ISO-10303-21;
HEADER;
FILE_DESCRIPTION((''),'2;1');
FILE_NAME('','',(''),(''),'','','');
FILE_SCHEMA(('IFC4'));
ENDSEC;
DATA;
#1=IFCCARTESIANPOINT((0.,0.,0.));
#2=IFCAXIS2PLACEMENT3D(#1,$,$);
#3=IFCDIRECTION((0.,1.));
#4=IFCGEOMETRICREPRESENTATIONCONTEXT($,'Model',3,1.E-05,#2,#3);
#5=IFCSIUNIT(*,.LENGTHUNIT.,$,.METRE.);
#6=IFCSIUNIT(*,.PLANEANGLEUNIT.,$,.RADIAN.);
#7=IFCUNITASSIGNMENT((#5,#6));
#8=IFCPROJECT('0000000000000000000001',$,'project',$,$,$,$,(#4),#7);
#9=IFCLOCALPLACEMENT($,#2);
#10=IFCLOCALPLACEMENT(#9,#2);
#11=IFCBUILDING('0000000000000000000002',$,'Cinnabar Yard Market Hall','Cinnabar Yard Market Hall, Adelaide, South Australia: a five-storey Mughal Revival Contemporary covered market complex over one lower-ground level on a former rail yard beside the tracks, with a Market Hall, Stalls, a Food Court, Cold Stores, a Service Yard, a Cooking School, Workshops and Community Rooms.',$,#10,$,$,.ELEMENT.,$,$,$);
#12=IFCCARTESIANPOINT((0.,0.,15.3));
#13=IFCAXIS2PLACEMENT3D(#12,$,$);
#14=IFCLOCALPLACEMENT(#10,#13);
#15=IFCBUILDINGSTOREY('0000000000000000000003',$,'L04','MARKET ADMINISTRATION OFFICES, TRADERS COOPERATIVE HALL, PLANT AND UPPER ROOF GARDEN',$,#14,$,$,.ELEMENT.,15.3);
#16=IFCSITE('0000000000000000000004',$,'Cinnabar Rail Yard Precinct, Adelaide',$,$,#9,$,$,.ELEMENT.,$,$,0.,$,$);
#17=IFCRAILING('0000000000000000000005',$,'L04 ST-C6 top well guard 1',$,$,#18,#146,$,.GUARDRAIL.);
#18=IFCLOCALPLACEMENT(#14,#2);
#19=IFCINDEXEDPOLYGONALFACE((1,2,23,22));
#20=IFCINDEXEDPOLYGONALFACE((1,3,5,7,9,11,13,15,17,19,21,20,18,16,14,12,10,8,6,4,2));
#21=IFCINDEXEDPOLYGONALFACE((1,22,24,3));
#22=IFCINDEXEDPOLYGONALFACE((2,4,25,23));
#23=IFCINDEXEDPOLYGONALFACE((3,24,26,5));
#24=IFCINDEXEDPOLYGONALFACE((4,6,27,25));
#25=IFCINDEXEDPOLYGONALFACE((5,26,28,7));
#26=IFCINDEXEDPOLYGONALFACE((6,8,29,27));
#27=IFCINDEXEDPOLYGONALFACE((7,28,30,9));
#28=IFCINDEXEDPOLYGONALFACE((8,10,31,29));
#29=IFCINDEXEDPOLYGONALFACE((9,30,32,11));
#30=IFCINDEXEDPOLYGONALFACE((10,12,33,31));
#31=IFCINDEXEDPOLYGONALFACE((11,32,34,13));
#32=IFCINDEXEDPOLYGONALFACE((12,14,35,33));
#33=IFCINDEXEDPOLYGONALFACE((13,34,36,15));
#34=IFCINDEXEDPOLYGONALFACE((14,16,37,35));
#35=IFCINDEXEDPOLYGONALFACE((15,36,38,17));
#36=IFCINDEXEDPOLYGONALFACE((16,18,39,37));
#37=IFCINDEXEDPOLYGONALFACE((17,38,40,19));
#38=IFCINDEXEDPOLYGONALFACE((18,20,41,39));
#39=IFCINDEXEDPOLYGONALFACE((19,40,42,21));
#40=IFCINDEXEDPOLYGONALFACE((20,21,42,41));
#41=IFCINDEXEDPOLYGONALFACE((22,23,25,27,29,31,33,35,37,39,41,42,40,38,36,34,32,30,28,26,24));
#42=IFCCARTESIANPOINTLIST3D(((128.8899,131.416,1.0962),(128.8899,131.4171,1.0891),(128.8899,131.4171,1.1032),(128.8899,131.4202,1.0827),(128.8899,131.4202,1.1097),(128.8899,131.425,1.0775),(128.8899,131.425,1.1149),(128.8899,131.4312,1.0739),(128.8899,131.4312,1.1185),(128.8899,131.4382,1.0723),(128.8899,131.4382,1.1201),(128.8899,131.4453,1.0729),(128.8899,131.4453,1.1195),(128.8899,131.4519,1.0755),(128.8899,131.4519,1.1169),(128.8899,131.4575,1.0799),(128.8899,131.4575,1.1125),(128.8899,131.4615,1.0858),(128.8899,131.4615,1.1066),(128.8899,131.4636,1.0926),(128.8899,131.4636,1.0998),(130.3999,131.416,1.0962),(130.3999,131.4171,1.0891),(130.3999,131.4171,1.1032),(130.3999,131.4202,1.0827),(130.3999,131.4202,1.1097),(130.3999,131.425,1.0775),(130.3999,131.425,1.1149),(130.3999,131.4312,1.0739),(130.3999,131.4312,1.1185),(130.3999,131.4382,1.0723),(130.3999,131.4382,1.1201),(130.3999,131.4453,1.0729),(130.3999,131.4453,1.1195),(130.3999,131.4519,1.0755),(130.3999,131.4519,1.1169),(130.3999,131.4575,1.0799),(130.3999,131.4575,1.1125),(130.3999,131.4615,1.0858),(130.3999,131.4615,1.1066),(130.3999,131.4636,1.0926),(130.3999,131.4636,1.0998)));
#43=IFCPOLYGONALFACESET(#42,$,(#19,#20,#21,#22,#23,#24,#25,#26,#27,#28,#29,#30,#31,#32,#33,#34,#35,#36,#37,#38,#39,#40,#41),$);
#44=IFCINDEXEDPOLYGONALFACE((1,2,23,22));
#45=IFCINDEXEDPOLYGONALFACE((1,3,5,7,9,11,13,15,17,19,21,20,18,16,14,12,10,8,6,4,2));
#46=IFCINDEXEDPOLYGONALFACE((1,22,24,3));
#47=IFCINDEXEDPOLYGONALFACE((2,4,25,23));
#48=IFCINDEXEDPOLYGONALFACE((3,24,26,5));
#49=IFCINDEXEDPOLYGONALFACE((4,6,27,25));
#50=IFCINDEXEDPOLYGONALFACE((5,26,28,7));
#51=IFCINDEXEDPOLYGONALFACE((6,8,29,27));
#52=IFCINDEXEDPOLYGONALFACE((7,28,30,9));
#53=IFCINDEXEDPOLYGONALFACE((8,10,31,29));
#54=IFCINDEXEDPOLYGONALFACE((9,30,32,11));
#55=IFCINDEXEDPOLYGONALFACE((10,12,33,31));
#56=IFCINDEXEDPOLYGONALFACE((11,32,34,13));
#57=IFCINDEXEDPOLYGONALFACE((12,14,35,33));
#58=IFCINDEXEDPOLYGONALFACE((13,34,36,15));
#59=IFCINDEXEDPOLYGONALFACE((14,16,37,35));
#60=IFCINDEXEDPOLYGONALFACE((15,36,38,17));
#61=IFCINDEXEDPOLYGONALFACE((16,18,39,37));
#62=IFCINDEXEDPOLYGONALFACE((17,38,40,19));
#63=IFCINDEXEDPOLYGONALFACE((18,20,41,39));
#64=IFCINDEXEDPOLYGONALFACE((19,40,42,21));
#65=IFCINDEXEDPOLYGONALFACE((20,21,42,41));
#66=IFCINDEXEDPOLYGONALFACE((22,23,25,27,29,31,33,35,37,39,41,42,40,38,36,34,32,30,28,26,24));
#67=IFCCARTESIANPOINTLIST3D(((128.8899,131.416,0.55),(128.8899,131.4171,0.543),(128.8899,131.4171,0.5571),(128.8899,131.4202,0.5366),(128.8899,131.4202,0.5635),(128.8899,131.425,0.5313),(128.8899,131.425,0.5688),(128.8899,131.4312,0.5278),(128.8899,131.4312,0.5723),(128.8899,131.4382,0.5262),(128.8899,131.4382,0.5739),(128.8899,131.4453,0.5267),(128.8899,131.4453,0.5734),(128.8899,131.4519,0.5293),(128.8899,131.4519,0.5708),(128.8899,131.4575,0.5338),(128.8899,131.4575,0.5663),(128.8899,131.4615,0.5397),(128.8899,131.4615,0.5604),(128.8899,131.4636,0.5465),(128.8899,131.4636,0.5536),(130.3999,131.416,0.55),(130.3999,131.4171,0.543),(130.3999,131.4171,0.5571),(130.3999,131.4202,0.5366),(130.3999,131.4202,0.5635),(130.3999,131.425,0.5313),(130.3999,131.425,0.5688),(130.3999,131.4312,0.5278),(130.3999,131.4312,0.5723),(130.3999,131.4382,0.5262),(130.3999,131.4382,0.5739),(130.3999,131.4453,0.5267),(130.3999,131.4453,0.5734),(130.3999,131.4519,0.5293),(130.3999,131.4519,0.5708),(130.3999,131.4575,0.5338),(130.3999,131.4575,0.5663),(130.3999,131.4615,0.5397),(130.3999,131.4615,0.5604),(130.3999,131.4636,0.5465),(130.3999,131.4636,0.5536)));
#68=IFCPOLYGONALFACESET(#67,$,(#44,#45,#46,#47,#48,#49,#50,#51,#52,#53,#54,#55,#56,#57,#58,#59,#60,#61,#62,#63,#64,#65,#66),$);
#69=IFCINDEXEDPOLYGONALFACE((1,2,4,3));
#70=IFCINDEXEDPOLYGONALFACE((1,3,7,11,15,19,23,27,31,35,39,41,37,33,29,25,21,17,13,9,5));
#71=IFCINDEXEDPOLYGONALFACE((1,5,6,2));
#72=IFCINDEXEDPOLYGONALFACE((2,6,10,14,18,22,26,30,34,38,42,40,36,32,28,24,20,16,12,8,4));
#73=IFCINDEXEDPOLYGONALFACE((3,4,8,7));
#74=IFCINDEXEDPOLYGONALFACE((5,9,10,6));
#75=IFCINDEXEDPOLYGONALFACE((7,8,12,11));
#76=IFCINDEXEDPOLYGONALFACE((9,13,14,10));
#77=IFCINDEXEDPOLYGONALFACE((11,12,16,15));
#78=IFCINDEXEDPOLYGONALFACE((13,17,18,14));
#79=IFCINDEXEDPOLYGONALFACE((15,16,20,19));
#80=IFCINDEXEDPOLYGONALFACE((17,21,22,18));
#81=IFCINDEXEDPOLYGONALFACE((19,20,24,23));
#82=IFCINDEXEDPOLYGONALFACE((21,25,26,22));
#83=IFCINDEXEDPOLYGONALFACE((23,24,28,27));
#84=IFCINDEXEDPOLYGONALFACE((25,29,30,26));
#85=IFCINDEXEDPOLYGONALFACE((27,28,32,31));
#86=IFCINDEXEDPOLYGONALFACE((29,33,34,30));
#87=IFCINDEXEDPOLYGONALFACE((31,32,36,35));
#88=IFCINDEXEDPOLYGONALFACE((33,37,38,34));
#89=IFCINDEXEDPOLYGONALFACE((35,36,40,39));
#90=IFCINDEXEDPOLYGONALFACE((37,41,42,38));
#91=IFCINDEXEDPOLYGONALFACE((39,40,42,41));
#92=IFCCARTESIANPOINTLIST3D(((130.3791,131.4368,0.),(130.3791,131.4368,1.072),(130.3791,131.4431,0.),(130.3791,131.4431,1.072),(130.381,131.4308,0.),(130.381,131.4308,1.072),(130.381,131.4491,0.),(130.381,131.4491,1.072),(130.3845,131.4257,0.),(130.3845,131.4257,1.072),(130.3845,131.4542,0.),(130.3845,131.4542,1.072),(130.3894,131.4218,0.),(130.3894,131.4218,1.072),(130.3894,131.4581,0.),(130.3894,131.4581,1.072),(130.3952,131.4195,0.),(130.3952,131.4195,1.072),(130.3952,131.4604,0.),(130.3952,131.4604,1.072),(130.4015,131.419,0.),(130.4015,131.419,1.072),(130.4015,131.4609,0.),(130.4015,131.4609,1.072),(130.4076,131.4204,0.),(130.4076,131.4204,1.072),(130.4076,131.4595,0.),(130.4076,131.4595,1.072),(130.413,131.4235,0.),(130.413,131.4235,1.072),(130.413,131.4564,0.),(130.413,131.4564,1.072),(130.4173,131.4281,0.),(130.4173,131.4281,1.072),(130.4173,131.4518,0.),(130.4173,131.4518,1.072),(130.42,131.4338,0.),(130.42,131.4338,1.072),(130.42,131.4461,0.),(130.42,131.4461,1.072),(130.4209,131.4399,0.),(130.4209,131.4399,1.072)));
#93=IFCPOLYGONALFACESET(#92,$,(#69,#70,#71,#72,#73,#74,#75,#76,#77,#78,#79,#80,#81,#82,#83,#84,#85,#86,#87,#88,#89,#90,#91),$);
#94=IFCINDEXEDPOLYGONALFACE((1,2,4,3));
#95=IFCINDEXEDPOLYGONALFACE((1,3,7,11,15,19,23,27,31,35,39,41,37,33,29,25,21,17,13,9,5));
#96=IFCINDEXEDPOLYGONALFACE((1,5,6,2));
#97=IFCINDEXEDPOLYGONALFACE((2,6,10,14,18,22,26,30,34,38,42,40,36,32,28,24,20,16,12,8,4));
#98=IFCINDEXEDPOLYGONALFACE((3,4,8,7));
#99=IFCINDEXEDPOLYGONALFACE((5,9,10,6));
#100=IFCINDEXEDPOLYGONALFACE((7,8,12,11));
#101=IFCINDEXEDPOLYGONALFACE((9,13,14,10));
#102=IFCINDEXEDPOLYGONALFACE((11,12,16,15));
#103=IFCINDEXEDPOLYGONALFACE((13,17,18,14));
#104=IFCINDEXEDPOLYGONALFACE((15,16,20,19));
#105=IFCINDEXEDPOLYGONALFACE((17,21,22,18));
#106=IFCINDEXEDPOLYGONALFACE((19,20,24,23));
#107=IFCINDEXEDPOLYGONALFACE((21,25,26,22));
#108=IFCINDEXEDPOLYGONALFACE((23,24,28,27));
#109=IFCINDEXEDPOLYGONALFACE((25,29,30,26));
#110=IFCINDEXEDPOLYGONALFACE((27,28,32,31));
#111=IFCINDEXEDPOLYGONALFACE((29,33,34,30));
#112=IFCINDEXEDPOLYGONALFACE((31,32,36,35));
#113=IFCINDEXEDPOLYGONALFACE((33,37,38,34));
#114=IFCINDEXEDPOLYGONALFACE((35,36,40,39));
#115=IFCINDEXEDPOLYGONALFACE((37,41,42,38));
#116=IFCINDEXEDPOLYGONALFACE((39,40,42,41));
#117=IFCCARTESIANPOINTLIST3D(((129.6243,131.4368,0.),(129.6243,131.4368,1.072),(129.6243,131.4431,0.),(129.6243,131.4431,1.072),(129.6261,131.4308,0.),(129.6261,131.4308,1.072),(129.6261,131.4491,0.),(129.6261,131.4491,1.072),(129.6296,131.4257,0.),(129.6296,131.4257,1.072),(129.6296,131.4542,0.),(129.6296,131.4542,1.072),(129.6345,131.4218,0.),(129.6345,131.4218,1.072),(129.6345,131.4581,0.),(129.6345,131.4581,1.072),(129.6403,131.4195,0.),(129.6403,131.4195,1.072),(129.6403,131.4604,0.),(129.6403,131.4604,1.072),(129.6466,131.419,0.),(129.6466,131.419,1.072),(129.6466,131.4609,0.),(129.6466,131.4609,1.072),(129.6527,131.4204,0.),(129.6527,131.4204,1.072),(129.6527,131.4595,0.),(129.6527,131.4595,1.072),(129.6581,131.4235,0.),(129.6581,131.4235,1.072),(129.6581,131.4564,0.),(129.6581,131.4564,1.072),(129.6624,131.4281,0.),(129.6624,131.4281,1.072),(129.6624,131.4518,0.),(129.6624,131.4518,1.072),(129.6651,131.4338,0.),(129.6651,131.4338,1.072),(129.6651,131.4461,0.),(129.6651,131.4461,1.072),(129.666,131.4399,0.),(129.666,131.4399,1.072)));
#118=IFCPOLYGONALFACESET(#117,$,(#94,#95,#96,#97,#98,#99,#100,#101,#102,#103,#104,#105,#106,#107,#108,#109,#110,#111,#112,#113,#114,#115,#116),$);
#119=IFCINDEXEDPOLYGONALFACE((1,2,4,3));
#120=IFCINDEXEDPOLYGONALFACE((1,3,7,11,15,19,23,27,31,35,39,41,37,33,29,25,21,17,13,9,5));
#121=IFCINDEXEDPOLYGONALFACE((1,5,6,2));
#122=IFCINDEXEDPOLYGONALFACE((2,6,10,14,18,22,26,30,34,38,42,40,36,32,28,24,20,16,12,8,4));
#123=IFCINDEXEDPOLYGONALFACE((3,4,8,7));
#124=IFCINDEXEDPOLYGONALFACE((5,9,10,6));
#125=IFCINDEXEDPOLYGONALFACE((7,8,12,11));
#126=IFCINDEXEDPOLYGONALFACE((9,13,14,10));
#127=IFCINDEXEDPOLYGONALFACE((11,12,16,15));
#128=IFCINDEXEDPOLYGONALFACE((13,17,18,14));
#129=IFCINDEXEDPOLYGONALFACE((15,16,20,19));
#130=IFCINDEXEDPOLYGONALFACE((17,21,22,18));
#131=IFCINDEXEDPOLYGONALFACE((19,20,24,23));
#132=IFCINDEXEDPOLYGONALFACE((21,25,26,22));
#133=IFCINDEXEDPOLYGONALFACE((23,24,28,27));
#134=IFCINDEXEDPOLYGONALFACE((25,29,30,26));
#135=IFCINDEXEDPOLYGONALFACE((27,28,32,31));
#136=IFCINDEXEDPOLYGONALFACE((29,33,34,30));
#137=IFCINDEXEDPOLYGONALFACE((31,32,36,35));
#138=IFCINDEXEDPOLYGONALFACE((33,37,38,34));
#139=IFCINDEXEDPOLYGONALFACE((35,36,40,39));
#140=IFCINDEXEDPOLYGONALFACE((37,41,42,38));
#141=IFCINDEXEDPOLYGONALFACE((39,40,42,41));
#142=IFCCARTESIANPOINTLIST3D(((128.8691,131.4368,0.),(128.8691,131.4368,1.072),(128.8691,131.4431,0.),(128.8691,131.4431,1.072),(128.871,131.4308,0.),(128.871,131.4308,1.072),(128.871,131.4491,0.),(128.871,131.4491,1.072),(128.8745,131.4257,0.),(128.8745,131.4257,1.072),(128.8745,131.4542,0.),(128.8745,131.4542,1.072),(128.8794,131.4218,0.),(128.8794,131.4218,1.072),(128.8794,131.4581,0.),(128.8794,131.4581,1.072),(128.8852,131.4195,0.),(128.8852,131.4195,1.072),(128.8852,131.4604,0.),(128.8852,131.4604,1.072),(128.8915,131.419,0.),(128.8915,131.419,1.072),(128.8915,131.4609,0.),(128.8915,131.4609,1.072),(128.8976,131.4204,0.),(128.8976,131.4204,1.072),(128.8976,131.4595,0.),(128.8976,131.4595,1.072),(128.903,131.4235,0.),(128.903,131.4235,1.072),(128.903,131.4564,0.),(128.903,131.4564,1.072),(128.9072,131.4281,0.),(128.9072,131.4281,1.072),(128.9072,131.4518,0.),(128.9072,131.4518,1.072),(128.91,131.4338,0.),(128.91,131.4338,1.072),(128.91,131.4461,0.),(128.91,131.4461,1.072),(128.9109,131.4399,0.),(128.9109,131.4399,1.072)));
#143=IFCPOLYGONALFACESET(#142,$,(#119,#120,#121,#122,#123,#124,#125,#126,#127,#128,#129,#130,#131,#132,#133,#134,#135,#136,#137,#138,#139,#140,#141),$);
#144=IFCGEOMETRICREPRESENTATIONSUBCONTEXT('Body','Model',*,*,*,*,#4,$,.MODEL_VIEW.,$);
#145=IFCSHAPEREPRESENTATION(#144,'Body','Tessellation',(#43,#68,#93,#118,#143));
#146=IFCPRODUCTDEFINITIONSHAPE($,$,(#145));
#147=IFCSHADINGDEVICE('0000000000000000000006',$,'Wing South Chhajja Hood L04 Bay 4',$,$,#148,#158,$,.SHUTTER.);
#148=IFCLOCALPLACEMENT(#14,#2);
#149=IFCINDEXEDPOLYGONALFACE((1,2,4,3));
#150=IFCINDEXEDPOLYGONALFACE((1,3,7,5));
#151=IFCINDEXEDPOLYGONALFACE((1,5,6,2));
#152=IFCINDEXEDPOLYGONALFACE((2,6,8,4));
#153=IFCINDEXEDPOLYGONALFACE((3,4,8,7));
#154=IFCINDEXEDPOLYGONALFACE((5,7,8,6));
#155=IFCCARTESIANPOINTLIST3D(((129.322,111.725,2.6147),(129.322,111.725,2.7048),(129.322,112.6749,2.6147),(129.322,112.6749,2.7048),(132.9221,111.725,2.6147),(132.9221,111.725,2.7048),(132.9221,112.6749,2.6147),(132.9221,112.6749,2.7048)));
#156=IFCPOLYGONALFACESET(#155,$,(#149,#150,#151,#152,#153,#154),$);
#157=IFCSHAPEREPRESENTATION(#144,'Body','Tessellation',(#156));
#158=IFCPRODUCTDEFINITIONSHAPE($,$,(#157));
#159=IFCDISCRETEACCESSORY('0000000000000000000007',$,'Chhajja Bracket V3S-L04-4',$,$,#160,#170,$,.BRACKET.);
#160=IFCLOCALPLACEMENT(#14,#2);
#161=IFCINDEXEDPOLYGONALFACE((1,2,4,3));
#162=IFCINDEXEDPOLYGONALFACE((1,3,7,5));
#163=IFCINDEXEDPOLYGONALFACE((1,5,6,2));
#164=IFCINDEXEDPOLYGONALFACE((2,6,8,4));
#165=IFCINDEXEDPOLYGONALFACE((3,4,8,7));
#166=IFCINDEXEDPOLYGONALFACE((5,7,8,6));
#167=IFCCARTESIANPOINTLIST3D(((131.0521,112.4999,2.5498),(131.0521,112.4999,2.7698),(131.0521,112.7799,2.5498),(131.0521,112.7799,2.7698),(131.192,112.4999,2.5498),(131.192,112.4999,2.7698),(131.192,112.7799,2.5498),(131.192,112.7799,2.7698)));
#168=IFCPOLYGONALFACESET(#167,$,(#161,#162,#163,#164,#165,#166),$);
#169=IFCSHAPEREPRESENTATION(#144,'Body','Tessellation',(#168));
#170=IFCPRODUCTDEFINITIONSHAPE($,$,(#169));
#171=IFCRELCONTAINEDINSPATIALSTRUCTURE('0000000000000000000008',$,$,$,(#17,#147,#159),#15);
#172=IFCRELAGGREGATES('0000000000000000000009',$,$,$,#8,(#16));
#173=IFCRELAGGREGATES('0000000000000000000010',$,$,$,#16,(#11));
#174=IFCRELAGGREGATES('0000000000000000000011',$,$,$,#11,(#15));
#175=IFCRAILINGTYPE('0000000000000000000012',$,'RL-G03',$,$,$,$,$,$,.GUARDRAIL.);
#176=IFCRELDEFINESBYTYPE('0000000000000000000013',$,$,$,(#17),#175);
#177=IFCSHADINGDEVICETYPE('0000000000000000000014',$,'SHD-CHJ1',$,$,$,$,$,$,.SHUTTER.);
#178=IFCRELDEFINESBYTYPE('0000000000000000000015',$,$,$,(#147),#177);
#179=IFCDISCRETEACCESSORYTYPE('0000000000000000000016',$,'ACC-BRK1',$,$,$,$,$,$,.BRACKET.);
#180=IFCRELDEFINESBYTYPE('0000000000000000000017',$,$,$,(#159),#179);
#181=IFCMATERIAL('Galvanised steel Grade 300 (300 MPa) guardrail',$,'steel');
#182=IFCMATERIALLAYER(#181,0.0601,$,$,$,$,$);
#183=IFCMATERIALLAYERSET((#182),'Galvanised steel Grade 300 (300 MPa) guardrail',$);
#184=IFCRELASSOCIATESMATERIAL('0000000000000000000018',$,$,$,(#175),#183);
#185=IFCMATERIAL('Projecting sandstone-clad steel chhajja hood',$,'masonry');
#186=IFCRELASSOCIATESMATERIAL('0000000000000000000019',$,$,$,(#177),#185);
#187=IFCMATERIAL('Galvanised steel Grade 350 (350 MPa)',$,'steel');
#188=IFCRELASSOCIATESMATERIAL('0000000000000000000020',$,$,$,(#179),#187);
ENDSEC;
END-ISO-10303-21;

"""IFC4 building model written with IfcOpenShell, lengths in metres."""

from ifc_helpers import new_model, si_unit, direction, frame, origin, origin_2d_with_axis, place, context, subcontext, project, spatial, rectangle, circle, extrude, material, layer, layer_set, type_object, element, save


model = new_model("IFC4")

# Units and contexts
model_context = context("Model", 3, precision=1e-05, world=origin(), true_north=direction((0.0, 1.0)))
body_context = subcontext(model_context, "Body", "Model", "MODEL_VIEW")
ifc_project = project(units=[si_unit("LENGTHUNIT", "METRE"), si_unit("PLANEANGLEUNIT", "RADIAN")], contexts=[model_context])

# Site, building, storey
site_placement = place(None, origin())
site = spatial("IfcSite", under=ifc_project, at=site_placement, Name="Cinnabar Rail Yard Precinct, Adelaide", CompositionType="ELEMENT", RefElevation=0.0)
building_placement = place(site_placement, origin())
building = spatial("IfcBuilding", under=site, at=building_placement, Name="Cinnabar Yard Market Hall", Description="Cinnabar Yard Market Hall, Adelaide, South Australia: a five-storey Mughal Revival Contemporary covered market complex over one lower-ground level on a former rail yard beside the tracks, with a Market Hall, Stalls, a Food Court, Cold Stores, a Service Yard, a Cooking School, Workshops and Community Rooms.", CompositionType="ELEMENT")
storey_placement = place(building_placement, frame((0.0, 0.0, 15.3)))
storey = spatial("IfcBuildingStorey", under=building, at=storey_placement, Name="L04", Description="MARKET ADMINISTRATION OFFICES, TRADERS COOPERATIVE HALL, PLANT AND UPPER ROOF GARDEN", CompositionType="ELEMENT", Elevation=15.3)

# Railing
ifc_material_1 = material(Name="Galvanised steel Grade 300 (300 MPa) guardrail", Category="steel")
ifc_layer_1 = layer(ifc_material_1, 0.0601)
ifc_layer_set_1 = layer_set([ifc_layer_1], Name="Galvanised steel Grade 300 (300 MPa) guardrail")
railing_type_1 = type_object("IfcRailingType", Name="RL-G03", PredefinedType="GUARDRAIL", material=ifc_layer_set_1)
railing_1_placement = place(storey_placement, frame((130.3999, 131.4399, 0.0)))
element("IfcRailing", 1, at=railing_1_placement, inside=storey, type_object=railing_type_1, Name="L04 ST-C6 top well guard 1", PredefinedType="GUARDRAIL", context=body_context, shape_type="SweptSolid", body=[
    extrude(circle(Radius=0.0239, at=origin_2d_with_axis()), frame((0.0, 0.0, 1.0962), z_axis=(-1.0, 0.0, 0.0), x_axis=(0.0, -1.0, 0.0)), (0.0, 0.0, 1.0), 1.51),
    extrude(circle(Radius=0.0239, at=origin_2d_with_axis()), frame((0.0, 0.0, 0.55), z_axis=(-1.0, 0.0, 0.0), x_axis=(0.0, -1.0, 0.0)), (0.0, 0.0, 1.0), 1.51),
    extrude(circle(Radius=0.021, at=origin_2d_with_axis()), origin(), (0.0, 0.0, 1.0), 1.072),
    extrude(circle(Radius=0.021, at=origin_2d_with_axis()), frame((-0.7549, 0.0, 0.0)), (0.0, 0.0, 1.0), 1.072),
    extrude(circle(Radius=0.021, at=origin_2d_with_axis()), frame((-1.51, 0.0, 0.0)), (0.0, 0.0, 1.0), 1.072),
])

# Shading device
ifc_material_2 = material(Name="Projecting sandstone-clad steel chhajja hood", Category="masonry")
shading_device_type = type_object("IfcShadingDeviceType", Name="SHD-CHJ1", PredefinedType="SHUTTER", material=ifc_material_2)
shading_device_placement = place(storey_placement, frame((131.1221, 112.2, 2.6147), z_axis=(0.0, 0.0, 1.0), x_axis=(1.0, 0.0, 0.0)))
element("IfcShadingDevice", 2, at=shading_device_placement, inside=storey, type_object=shading_device_type, Name="Wing South Chhajja Hood L04 Bay 4", PredefinedType="SHUTTER", context=body_context, shape_type="SweptSolid", body=[
    extrude(rectangle(XDim=3.6001, YDim=0.95, at=origin_2d_with_axis()), origin(), (0.0, 0.0, 1.0), 0.0901),
])

# Discrete accessory
ifc_material_3 = material(Name="Galvanised steel Grade 350 (350 MPa)", Category="steel")
discrete_accessory_type = type_object("IfcDiscreteAccessoryType", Name="ACC-BRK1", PredefinedType="BRACKET", material=ifc_material_3)
discrete_accessory_placement = place(storey_placement, frame((131.1221, 112.6399, 2.5498), z_axis=(0.0, 0.0, 1.0), x_axis=(1.0, 0.0, 0.0)))
element("IfcDiscreteAccessory", 3, at=discrete_accessory_placement, inside=storey, type_object=discrete_accessory_type, Name="Chhajja Bracket V3S-L04-4", PredefinedType="BRACKET", context=body_context, shape_type="SweptSolid", body=[
    extrude(rectangle(XDim=0.1399, YDim=0.28, at=origin_2d_with_axis()), origin(), (0.0, 0.0, 1.0), 0.22),
])

save(model, "model.ifc")
